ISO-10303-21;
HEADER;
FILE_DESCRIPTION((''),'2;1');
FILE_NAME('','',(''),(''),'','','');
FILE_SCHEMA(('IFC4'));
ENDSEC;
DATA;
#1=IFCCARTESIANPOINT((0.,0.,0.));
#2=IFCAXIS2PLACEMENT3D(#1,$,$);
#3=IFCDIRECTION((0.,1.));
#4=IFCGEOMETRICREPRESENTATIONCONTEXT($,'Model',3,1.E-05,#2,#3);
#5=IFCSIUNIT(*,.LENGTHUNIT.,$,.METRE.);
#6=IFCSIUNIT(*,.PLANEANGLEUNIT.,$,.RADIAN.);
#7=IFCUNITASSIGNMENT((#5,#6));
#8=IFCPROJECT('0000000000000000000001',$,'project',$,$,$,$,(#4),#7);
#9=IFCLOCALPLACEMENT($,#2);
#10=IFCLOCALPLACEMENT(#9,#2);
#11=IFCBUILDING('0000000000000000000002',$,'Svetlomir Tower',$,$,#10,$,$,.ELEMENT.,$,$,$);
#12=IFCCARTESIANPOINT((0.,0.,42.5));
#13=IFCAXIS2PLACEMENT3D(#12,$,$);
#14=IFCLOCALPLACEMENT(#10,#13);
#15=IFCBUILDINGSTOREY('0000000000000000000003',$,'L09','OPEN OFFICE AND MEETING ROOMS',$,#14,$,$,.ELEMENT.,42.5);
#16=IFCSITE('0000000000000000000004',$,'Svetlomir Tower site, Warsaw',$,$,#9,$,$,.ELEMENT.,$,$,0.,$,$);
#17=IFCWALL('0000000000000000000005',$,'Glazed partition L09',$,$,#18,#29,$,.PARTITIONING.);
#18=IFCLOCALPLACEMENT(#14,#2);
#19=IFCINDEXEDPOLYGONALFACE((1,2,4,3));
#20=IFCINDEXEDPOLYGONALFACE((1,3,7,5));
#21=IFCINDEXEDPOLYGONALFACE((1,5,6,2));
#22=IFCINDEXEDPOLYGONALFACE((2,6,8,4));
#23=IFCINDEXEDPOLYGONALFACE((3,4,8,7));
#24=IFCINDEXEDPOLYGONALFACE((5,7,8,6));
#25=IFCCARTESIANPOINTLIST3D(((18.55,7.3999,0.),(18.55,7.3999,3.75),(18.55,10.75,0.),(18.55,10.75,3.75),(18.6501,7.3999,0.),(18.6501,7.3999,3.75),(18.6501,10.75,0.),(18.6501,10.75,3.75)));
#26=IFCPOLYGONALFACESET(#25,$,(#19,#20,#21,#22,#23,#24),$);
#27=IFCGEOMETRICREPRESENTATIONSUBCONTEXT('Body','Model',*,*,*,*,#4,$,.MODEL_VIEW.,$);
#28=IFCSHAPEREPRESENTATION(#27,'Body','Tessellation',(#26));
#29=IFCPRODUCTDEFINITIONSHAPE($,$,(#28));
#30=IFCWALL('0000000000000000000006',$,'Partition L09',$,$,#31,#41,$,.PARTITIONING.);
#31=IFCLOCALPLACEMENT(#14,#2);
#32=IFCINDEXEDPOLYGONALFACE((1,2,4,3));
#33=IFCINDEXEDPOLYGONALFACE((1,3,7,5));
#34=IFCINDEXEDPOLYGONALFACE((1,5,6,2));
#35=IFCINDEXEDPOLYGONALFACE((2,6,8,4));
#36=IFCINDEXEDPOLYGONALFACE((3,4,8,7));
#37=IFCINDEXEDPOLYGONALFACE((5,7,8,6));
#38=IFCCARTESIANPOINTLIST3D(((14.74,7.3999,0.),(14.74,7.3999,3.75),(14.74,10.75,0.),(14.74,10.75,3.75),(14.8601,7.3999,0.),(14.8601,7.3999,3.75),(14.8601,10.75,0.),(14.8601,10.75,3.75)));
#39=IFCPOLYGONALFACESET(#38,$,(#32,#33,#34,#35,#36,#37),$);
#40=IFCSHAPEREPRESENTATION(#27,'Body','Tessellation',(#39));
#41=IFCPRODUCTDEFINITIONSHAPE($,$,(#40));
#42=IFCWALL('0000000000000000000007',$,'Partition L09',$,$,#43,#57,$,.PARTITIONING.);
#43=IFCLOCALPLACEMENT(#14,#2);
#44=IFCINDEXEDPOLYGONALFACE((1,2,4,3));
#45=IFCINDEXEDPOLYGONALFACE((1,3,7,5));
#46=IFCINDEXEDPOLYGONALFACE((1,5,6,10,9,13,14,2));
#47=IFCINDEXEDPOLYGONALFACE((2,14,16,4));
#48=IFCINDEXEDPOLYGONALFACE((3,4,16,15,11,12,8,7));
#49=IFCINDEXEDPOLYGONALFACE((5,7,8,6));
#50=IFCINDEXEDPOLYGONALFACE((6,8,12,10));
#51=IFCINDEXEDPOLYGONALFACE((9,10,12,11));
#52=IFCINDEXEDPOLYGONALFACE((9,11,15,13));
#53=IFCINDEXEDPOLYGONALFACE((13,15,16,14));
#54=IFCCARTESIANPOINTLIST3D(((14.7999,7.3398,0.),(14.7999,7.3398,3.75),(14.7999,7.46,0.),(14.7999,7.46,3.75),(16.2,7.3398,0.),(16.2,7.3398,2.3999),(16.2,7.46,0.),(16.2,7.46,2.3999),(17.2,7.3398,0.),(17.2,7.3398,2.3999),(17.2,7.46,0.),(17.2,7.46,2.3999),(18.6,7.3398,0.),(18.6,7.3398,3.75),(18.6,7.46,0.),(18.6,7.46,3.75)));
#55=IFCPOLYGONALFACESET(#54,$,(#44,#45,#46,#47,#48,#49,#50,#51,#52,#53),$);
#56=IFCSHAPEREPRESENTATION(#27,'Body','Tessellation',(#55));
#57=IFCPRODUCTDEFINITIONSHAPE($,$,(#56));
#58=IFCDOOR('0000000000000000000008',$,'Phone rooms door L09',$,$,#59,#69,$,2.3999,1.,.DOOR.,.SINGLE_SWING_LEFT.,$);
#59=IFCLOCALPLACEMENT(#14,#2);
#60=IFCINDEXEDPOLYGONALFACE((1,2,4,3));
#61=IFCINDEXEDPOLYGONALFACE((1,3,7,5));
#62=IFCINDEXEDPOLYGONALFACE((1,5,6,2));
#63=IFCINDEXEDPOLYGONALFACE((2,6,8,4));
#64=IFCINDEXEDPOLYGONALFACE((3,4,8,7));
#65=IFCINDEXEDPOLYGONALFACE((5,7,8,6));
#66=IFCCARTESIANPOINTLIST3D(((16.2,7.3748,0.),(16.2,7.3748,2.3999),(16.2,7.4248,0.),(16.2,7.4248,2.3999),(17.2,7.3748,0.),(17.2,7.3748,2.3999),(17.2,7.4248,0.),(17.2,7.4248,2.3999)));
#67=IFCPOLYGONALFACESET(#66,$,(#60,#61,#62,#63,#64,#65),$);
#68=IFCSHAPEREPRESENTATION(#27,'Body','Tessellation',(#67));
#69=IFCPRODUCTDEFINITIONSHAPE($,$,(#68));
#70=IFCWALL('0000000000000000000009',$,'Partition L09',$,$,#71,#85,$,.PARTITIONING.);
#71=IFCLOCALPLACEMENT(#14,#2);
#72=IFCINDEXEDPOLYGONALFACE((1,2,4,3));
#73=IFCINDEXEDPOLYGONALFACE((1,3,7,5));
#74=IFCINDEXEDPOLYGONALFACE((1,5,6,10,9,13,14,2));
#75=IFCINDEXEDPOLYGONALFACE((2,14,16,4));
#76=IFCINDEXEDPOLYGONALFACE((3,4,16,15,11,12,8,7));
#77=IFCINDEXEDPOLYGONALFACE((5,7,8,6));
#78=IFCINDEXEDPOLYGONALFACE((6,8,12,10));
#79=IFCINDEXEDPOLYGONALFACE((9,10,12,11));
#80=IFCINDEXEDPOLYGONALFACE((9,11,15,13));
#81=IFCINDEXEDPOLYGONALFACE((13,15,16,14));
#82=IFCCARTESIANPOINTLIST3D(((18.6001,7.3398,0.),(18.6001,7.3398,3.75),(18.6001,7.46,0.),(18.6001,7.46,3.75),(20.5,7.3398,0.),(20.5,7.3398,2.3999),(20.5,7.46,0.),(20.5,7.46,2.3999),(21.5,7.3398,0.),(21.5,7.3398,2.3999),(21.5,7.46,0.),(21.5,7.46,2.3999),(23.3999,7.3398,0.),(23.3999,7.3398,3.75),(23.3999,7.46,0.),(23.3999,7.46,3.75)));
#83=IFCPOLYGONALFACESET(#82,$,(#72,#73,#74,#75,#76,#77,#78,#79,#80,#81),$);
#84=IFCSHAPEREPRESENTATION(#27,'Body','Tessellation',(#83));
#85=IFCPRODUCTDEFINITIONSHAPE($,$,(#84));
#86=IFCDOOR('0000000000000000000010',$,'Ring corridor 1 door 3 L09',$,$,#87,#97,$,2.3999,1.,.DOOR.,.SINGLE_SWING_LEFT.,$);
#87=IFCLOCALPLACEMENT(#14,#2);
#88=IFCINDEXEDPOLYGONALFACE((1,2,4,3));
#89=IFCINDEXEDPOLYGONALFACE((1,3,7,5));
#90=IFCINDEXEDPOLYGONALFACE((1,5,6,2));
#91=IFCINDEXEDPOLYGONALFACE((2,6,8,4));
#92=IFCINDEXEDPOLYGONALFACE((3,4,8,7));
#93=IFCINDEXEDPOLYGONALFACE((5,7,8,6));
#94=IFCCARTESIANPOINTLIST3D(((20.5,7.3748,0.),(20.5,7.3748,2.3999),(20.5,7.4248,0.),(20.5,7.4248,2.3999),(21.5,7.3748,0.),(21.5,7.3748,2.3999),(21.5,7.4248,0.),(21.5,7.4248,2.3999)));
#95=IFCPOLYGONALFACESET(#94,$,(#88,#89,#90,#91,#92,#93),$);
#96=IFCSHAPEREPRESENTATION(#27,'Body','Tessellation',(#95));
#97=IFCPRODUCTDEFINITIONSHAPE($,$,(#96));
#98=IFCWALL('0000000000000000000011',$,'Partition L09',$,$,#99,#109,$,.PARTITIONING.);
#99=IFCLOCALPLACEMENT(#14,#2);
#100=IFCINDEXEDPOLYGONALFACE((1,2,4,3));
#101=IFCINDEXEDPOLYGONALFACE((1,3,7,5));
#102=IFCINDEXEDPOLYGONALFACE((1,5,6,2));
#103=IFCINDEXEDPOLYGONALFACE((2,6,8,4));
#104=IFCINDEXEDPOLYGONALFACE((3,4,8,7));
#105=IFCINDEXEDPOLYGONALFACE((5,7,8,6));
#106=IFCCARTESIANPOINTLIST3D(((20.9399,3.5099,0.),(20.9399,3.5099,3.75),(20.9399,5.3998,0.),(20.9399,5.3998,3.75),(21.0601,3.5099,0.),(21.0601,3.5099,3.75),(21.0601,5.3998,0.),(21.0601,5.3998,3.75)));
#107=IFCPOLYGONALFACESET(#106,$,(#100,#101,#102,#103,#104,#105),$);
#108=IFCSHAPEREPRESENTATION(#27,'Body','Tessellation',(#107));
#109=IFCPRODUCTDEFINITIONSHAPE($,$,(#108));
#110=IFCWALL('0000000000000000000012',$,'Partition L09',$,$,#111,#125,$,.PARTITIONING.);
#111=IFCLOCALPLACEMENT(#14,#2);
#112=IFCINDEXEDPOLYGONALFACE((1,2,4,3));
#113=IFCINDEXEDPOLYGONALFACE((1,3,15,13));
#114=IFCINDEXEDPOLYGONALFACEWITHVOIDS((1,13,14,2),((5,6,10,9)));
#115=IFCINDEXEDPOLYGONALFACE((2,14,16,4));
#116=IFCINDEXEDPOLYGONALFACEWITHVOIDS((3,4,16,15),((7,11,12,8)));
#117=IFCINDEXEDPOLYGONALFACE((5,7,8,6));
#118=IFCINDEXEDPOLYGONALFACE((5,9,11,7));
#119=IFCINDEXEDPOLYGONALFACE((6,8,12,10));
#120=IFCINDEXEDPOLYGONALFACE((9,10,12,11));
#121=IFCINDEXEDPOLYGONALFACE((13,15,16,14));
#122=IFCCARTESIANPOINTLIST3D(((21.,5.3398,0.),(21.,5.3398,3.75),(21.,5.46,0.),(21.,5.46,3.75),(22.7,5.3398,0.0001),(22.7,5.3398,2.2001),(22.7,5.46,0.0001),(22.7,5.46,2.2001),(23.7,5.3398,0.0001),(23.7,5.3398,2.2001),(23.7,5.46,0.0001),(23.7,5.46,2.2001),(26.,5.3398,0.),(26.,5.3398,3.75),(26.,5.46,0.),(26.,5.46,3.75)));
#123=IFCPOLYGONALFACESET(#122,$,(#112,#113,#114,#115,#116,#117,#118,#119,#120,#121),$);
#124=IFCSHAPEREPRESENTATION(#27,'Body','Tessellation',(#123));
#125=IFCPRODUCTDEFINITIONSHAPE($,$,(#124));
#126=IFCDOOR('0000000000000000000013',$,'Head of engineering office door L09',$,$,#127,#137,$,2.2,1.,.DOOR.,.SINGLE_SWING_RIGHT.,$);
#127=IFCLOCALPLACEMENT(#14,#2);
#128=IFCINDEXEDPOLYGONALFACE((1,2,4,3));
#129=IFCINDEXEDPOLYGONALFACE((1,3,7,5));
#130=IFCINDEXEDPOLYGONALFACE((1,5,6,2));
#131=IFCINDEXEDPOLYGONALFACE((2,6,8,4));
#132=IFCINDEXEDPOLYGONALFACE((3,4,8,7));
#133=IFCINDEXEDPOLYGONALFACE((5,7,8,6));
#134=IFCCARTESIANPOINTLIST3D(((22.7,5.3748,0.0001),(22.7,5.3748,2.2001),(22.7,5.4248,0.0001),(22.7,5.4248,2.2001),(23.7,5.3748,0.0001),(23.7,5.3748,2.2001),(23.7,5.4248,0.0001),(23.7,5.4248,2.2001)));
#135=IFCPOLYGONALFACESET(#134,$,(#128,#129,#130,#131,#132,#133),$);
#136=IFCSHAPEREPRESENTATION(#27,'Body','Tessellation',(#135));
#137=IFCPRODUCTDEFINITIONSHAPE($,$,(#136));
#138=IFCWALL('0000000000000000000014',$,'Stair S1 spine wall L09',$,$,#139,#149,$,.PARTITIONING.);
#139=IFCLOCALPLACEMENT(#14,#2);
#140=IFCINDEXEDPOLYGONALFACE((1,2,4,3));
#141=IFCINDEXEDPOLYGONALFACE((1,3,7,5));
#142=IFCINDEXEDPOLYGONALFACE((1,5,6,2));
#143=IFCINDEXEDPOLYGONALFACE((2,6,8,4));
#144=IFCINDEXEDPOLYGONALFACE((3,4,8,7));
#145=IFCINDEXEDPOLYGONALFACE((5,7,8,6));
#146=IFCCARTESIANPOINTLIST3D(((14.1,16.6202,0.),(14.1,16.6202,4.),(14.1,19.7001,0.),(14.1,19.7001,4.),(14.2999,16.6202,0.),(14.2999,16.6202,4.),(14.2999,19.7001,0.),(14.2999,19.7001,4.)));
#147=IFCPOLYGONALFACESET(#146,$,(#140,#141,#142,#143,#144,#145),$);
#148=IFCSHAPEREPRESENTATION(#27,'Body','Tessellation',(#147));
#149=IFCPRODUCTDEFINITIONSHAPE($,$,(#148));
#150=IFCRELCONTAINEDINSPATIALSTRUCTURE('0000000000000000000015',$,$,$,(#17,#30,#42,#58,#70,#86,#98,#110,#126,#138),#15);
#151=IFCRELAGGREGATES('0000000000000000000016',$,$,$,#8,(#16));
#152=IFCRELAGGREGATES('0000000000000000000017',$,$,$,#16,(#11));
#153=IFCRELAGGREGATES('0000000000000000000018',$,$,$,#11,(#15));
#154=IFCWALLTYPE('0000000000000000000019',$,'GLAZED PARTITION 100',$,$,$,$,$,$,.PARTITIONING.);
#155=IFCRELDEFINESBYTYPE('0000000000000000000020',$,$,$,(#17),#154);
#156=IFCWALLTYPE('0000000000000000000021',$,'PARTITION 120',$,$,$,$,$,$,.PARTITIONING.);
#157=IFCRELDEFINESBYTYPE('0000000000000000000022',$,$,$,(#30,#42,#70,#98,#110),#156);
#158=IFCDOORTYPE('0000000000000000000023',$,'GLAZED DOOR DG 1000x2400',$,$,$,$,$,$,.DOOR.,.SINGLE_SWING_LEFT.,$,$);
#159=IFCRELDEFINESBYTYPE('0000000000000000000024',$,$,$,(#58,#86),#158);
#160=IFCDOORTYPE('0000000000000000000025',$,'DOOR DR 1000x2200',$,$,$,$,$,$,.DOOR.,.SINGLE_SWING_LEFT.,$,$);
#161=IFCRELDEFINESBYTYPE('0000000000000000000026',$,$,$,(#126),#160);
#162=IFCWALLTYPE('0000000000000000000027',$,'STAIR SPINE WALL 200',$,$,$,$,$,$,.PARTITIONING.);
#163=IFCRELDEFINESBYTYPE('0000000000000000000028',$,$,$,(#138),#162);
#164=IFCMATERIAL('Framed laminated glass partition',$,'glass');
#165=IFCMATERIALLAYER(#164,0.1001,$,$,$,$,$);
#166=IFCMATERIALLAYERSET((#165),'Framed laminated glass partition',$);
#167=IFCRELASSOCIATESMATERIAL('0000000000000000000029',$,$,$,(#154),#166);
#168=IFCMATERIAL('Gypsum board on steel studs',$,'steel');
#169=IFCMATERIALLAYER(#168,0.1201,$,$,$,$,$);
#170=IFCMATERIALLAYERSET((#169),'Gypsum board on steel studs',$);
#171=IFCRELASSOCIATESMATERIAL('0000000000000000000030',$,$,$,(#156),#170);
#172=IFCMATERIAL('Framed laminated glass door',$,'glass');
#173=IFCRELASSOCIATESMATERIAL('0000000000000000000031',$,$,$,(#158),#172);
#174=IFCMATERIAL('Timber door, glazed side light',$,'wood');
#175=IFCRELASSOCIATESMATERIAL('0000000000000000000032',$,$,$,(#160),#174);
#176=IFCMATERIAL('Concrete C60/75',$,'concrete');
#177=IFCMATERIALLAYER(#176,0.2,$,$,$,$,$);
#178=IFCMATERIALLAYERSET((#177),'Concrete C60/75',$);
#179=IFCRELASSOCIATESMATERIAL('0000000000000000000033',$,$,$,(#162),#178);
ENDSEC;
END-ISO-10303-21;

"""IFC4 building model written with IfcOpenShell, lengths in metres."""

from ifc_helpers import new_model, si_unit, direction, frame, frame_2d, origin, place, context, subcontext, project, spatial, rectangle, extrude, material, layer, layer_set, type_object, element, fill, save


model = new_model("IFC4")

# Units and contexts
model_context = context("Model", 3, precision=1e-05, world=origin(), true_north=direction((0.0, 1.0)))
body_context = subcontext(model_context, "Body", "Model", "MODEL_VIEW")
ifc_project = project(units=[si_unit("LENGTHUNIT", "METRE"), si_unit("PLANEANGLEUNIT", "RADIAN")], contexts=[model_context])

# Site, building, storey
site_placement = place(None, origin())
site = spatial("IfcSite", under=ifc_project, at=site_placement, Name="Svetlomir Tower site, Warsaw", CompositionType="ELEMENT", RefElevation=0.0)
building_placement = place(site_placement, origin())
building = spatial("IfcBuilding", under=site, at=building_placement, Name="Svetlomir Tower", CompositionType="ELEMENT")
storey_placement = place(building_placement, frame((0.0, 0.0, 42.5)))
storey = spatial("IfcBuildingStorey", under=building, at=storey_placement, Name="L09", Description="OPEN OFFICE AND MEETING ROOMS", CompositionType="ELEMENT", Elevation=42.5)

# Walls
ifc_material_1 = material(Name="Framed laminated glass partition", Category="glass")
ifc_layer_1 = layer(ifc_material_1, 0.1001)
ifc_layer_set_1 = layer_set([ifc_layer_1], Name="Framed laminated glass partition")
wall_type_1 = type_object("IfcWallType", Name="GLAZED PARTITION 100", PredefinedType="PARTITIONING", material=ifc_layer_set_1)
wall_1_placement = place(storey_placement, frame((18.6001, 7.3999, 0.0), z_axis=(0.0, 0.0, 1.0), x_axis=(0.0, 1.0, 0.0)))
element("IfcWall", 1, at=wall_1_placement, inside=storey, type_object=wall_type_1, Name="Glazed partition L09", PredefinedType="PARTITIONING", context=body_context, shape_type="SweptSolid", body=[
    extrude(rectangle(XDim=3.3501, YDim=0.1001, at=frame_2d((1.675, 0.0))), origin(), (0.0, 0.0, 1.0), 3.75),
])
ifc_material_2 = material(Name="Gypsum board on steel studs", Category="steel")
ifc_layer_2 = layer(ifc_material_2, 0.1201)
ifc_layer_set_2 = layer_set([ifc_layer_2], Name="Gypsum board on steel studs")
wall_type_2 = type_object("IfcWallType", Name="PARTITION 120", PredefinedType="PARTITIONING", material=ifc_layer_set_2)
wall_2_placement = place(storey_placement, frame((14.8, 7.3999, 0.0), z_axis=(0.0, 0.0, 1.0), x_axis=(0.0, 1.0, 0.0)))
element("IfcWall", 2, at=wall_2_placement, inside=storey, type_object=wall_type_2, Name="Partition L09", PredefinedType="PARTITIONING", context=body_context, shape_type="SweptSolid", body=[
    extrude(rectangle(XDim=3.3501, YDim=0.1201, at=frame_2d((1.675, 0.0))), origin(), (0.0, 0.0, 1.0), 3.75),
])

# Walls, openings, doors
wall_3_placement = place(storey_placement, frame((14.8, 7.3999, 0.0), z_axis=(0.0, 0.0, 1.0), x_axis=(1.0, 0.0, 0.0)))
wall_3 = element("IfcWall", 3, at=wall_3_placement, inside=storey, type_object=wall_type_2, Name="Partition L09", PredefinedType="PARTITIONING", context=body_context, shape_type="SweptSolid", body=[
    extrude(rectangle(XDim=3.8, YDim=0.1201, at=frame_2d((1.8999, 0.0))), origin(), (0.0, 0.0, 1.0), 3.75),
])
opening_1_placement = place(wall_3_placement, frame((1.3999, 0.0, 0.0)))
opening_1 = element("IfcOpeningElement", 4, at=opening_1_placement, cuts=wall_3, PredefinedType="OPENING", context=body_context, shape_type="SweptSolid", body=[
    extrude(rectangle(XDim=1.0, YDim=2.3999, at=frame_2d((0.5, 1.2))), frame((0.0, 0.0701, 0.0), z_axis=(0.0, -1.0, 0.0), x_axis=(1.0, 0.0, 0.0)), (0.0, 0.0, 1.0), 0.1401),
])
ifc_material_3 = material(Name="Framed laminated glass door", Category="glass")
door_type_1 = type_object("IfcDoorType", Name="GLAZED DOOR DG 1000x2400", OperationType="SINGLE_SWING_LEFT", PredefinedType="DOOR", material=ifc_material_3)
door_1_placement = place(opening_1_placement, origin())
door_1 = element("IfcDoor", 5, at=door_1_placement, inside=storey, type_object=door_type_1, Name="Phone rooms door L09", OperationType="SINGLE_SWING_LEFT", OverallHeight=2.3999, OverallWidth=1.0, PredefinedType="DOOR", context=body_context, shape_type="SweptSolid", body=[
    extrude(rectangle(XDim=1.0, YDim=2.3999, at=frame_2d((0.5, 1.2))), frame((0.0, 0.0249, 0.0), z_axis=(0.0, -1.0, 0.0), x_axis=(1.0, 0.0, 0.0)), (0.0, 0.0, 1.0), 0.05),
])
fill(opening_1, door_1)
wall_4_placement = place(storey_placement, frame((18.6001, 7.3999, 0.0), z_axis=(0.0, 0.0, 1.0), x_axis=(1.0, 0.0, 0.0)))
wall_4 = element("IfcWall", 6, at=wall_4_placement, inside=storey, type_object=wall_type_2, Name="Partition L09", PredefinedType="PARTITIONING", context=body_context, shape_type="SweptSolid", body=[
    extrude(rectangle(XDim=4.7998, YDim=0.1201, at=frame_2d((2.3999, 0.0))), origin(), (0.0, 0.0, 1.0), 3.75),
])
opening_2_placement = place(wall_4_placement, frame((1.8999, 0.0, 0.0)))
opening_2 = element("IfcOpeningElement", 7, at=opening_2_placement, cuts=wall_4, PredefinedType="OPENING", context=body_context, shape_type="SweptSolid", body=[
    extrude(rectangle(XDim=1.0, YDim=2.3999, at=frame_2d((0.5, 1.2))), frame((0.0, 0.0701, 0.0), z_axis=(0.0, -1.0, 0.0), x_axis=(1.0, 0.0, 0.0)), (0.0, 0.0, 1.0), 0.1401),
])
door_2_placement = place(opening_2_placement, origin())
door_2 = element("IfcDoor", 8, at=door_2_placement, inside=storey, type_object=door_type_1, Name="Ring corridor 1 door 3 L09", OperationType="SINGLE_SWING_LEFT", OverallHeight=2.3999, OverallWidth=1.0, PredefinedType="DOOR", context=body_context, shape_type="SweptSolid", body=[
    extrude(rectangle(XDim=1.0, YDim=2.3999, at=frame_2d((0.5, 1.2))), frame((0.0, 0.0249, 0.0), z_axis=(0.0, -1.0, 0.0), x_axis=(1.0, 0.0, 0.0)), (0.0, 0.0, 1.0), 0.05),
])
fill(opening_2, door_2)

# Wall
wall_5_placement = place(storey_placement, frame((21.0, 3.51, 0.0), z_axis=(0.0, 0.0, 1.0), x_axis=(0.0, 1.0, 0.0)))
element("IfcWall", 9, at=wall_5_placement, inside=storey, type_object=wall_type_2, Name="Partition L09", PredefinedType="PARTITIONING", context=body_context, shape_type="SweptSolid", body=[
    extrude(rectangle(XDim=1.8899, YDim=0.1201, at=frame_2d((0.9448, 0.0))), origin(), (0.0, 0.0, 1.0), 3.75),
])

# Wall, opening, door
wall_6_placement = place(storey_placement, frame((21.0, 5.3999, 0.0), z_axis=(0.0, 0.0, 1.0), x_axis=(1.0, 0.0, 0.0)))
wall_6 = element("IfcWall", 10, at=wall_6_placement, inside=storey, type_object=wall_type_2, Name="Partition L09", PredefinedType="PARTITIONING", context=body_context, shape_type="SweptSolid", body=[
    extrude(rectangle(XDim=5.0, YDim=0.1201, at=frame_2d((2.5, 0.0))), origin(), (0.0, 0.0, 1.0), 3.75),
])
opening_3_placement = place(wall_6_placement, frame((1.7, 0.0, 0.0)))
opening_3 = element("IfcOpeningElement", 11, at=opening_3_placement, cuts=wall_6, PredefinedType="OPENING", context=body_context, shape_type="SweptSolid", body=[
    extrude(rectangle(XDim=1.0, YDim=2.2, at=frame_2d((0.5, 1.1001))), frame((0.0, 0.0701, 0.0), z_axis=(0.0, -1.0, 0.0), x_axis=(1.0, 0.0, 0.0)), (0.0, 0.0, 1.0), 0.1401),
])
ifc_material_4 = material(Name="Timber door, glazed side light", Category="wood")
door_type_2 = type_object("IfcDoorType", Name="DOOR DR 1000x2200", OperationType="SINGLE_SWING_LEFT", PredefinedType="DOOR", material=ifc_material_4)
door_3_placement = place(opening_3_placement, origin())
door_3 = element("IfcDoor", 12, at=door_3_placement, inside=storey, type_object=door_type_2, Name="Head of engineering office door L09", OperationType="SINGLE_SWING_RIGHT", OverallHeight=2.2, OverallWidth=1.0, PredefinedType="DOOR", context=body_context, shape_type="SweptSolid", body=[
    extrude(rectangle(XDim=1.0, YDim=2.2, at=frame_2d((0.5, 1.1001))), frame((0.0, 0.0249, 0.0), z_axis=(0.0, -1.0, 0.0), x_axis=(1.0, 0.0, 0.0)), (0.0, 0.0, 1.0), 0.05),
])
fill(opening_3, door_3)

# Wall
ifc_material_5 = material(Name="Concrete C60/75", Category="concrete")
ifc_layer_3 = layer(ifc_material_5, 0.2)
ifc_layer_set_3 = layer_set([ifc_layer_3], Name="Concrete C60/75")
wall_type_3 = type_object("IfcWallType", Name="STAIR SPINE WALL 200", PredefinedType="PARTITIONING", material=ifc_layer_set_3)
wall_7_placement = place(storey_placement, frame((14.2, 16.6201, 0.0), z_axis=(0.0, 0.0, 1.0), x_axis=(0.0, 1.0, 0.0)))
element("IfcWall", 13, at=wall_7_placement, inside=storey, type_object=wall_type_3, Name="Stair S1 spine wall L09", PredefinedType="PARTITIONING", context=body_context, shape_type="SweptSolid", body=[
    extrude(rectangle(XDim=3.0798, YDim=0.2, at=frame_2d((1.54, 0.0))), origin(), (0.0, 0.0, 1.0), 4.0),
])

save(model, "model.ifc")
